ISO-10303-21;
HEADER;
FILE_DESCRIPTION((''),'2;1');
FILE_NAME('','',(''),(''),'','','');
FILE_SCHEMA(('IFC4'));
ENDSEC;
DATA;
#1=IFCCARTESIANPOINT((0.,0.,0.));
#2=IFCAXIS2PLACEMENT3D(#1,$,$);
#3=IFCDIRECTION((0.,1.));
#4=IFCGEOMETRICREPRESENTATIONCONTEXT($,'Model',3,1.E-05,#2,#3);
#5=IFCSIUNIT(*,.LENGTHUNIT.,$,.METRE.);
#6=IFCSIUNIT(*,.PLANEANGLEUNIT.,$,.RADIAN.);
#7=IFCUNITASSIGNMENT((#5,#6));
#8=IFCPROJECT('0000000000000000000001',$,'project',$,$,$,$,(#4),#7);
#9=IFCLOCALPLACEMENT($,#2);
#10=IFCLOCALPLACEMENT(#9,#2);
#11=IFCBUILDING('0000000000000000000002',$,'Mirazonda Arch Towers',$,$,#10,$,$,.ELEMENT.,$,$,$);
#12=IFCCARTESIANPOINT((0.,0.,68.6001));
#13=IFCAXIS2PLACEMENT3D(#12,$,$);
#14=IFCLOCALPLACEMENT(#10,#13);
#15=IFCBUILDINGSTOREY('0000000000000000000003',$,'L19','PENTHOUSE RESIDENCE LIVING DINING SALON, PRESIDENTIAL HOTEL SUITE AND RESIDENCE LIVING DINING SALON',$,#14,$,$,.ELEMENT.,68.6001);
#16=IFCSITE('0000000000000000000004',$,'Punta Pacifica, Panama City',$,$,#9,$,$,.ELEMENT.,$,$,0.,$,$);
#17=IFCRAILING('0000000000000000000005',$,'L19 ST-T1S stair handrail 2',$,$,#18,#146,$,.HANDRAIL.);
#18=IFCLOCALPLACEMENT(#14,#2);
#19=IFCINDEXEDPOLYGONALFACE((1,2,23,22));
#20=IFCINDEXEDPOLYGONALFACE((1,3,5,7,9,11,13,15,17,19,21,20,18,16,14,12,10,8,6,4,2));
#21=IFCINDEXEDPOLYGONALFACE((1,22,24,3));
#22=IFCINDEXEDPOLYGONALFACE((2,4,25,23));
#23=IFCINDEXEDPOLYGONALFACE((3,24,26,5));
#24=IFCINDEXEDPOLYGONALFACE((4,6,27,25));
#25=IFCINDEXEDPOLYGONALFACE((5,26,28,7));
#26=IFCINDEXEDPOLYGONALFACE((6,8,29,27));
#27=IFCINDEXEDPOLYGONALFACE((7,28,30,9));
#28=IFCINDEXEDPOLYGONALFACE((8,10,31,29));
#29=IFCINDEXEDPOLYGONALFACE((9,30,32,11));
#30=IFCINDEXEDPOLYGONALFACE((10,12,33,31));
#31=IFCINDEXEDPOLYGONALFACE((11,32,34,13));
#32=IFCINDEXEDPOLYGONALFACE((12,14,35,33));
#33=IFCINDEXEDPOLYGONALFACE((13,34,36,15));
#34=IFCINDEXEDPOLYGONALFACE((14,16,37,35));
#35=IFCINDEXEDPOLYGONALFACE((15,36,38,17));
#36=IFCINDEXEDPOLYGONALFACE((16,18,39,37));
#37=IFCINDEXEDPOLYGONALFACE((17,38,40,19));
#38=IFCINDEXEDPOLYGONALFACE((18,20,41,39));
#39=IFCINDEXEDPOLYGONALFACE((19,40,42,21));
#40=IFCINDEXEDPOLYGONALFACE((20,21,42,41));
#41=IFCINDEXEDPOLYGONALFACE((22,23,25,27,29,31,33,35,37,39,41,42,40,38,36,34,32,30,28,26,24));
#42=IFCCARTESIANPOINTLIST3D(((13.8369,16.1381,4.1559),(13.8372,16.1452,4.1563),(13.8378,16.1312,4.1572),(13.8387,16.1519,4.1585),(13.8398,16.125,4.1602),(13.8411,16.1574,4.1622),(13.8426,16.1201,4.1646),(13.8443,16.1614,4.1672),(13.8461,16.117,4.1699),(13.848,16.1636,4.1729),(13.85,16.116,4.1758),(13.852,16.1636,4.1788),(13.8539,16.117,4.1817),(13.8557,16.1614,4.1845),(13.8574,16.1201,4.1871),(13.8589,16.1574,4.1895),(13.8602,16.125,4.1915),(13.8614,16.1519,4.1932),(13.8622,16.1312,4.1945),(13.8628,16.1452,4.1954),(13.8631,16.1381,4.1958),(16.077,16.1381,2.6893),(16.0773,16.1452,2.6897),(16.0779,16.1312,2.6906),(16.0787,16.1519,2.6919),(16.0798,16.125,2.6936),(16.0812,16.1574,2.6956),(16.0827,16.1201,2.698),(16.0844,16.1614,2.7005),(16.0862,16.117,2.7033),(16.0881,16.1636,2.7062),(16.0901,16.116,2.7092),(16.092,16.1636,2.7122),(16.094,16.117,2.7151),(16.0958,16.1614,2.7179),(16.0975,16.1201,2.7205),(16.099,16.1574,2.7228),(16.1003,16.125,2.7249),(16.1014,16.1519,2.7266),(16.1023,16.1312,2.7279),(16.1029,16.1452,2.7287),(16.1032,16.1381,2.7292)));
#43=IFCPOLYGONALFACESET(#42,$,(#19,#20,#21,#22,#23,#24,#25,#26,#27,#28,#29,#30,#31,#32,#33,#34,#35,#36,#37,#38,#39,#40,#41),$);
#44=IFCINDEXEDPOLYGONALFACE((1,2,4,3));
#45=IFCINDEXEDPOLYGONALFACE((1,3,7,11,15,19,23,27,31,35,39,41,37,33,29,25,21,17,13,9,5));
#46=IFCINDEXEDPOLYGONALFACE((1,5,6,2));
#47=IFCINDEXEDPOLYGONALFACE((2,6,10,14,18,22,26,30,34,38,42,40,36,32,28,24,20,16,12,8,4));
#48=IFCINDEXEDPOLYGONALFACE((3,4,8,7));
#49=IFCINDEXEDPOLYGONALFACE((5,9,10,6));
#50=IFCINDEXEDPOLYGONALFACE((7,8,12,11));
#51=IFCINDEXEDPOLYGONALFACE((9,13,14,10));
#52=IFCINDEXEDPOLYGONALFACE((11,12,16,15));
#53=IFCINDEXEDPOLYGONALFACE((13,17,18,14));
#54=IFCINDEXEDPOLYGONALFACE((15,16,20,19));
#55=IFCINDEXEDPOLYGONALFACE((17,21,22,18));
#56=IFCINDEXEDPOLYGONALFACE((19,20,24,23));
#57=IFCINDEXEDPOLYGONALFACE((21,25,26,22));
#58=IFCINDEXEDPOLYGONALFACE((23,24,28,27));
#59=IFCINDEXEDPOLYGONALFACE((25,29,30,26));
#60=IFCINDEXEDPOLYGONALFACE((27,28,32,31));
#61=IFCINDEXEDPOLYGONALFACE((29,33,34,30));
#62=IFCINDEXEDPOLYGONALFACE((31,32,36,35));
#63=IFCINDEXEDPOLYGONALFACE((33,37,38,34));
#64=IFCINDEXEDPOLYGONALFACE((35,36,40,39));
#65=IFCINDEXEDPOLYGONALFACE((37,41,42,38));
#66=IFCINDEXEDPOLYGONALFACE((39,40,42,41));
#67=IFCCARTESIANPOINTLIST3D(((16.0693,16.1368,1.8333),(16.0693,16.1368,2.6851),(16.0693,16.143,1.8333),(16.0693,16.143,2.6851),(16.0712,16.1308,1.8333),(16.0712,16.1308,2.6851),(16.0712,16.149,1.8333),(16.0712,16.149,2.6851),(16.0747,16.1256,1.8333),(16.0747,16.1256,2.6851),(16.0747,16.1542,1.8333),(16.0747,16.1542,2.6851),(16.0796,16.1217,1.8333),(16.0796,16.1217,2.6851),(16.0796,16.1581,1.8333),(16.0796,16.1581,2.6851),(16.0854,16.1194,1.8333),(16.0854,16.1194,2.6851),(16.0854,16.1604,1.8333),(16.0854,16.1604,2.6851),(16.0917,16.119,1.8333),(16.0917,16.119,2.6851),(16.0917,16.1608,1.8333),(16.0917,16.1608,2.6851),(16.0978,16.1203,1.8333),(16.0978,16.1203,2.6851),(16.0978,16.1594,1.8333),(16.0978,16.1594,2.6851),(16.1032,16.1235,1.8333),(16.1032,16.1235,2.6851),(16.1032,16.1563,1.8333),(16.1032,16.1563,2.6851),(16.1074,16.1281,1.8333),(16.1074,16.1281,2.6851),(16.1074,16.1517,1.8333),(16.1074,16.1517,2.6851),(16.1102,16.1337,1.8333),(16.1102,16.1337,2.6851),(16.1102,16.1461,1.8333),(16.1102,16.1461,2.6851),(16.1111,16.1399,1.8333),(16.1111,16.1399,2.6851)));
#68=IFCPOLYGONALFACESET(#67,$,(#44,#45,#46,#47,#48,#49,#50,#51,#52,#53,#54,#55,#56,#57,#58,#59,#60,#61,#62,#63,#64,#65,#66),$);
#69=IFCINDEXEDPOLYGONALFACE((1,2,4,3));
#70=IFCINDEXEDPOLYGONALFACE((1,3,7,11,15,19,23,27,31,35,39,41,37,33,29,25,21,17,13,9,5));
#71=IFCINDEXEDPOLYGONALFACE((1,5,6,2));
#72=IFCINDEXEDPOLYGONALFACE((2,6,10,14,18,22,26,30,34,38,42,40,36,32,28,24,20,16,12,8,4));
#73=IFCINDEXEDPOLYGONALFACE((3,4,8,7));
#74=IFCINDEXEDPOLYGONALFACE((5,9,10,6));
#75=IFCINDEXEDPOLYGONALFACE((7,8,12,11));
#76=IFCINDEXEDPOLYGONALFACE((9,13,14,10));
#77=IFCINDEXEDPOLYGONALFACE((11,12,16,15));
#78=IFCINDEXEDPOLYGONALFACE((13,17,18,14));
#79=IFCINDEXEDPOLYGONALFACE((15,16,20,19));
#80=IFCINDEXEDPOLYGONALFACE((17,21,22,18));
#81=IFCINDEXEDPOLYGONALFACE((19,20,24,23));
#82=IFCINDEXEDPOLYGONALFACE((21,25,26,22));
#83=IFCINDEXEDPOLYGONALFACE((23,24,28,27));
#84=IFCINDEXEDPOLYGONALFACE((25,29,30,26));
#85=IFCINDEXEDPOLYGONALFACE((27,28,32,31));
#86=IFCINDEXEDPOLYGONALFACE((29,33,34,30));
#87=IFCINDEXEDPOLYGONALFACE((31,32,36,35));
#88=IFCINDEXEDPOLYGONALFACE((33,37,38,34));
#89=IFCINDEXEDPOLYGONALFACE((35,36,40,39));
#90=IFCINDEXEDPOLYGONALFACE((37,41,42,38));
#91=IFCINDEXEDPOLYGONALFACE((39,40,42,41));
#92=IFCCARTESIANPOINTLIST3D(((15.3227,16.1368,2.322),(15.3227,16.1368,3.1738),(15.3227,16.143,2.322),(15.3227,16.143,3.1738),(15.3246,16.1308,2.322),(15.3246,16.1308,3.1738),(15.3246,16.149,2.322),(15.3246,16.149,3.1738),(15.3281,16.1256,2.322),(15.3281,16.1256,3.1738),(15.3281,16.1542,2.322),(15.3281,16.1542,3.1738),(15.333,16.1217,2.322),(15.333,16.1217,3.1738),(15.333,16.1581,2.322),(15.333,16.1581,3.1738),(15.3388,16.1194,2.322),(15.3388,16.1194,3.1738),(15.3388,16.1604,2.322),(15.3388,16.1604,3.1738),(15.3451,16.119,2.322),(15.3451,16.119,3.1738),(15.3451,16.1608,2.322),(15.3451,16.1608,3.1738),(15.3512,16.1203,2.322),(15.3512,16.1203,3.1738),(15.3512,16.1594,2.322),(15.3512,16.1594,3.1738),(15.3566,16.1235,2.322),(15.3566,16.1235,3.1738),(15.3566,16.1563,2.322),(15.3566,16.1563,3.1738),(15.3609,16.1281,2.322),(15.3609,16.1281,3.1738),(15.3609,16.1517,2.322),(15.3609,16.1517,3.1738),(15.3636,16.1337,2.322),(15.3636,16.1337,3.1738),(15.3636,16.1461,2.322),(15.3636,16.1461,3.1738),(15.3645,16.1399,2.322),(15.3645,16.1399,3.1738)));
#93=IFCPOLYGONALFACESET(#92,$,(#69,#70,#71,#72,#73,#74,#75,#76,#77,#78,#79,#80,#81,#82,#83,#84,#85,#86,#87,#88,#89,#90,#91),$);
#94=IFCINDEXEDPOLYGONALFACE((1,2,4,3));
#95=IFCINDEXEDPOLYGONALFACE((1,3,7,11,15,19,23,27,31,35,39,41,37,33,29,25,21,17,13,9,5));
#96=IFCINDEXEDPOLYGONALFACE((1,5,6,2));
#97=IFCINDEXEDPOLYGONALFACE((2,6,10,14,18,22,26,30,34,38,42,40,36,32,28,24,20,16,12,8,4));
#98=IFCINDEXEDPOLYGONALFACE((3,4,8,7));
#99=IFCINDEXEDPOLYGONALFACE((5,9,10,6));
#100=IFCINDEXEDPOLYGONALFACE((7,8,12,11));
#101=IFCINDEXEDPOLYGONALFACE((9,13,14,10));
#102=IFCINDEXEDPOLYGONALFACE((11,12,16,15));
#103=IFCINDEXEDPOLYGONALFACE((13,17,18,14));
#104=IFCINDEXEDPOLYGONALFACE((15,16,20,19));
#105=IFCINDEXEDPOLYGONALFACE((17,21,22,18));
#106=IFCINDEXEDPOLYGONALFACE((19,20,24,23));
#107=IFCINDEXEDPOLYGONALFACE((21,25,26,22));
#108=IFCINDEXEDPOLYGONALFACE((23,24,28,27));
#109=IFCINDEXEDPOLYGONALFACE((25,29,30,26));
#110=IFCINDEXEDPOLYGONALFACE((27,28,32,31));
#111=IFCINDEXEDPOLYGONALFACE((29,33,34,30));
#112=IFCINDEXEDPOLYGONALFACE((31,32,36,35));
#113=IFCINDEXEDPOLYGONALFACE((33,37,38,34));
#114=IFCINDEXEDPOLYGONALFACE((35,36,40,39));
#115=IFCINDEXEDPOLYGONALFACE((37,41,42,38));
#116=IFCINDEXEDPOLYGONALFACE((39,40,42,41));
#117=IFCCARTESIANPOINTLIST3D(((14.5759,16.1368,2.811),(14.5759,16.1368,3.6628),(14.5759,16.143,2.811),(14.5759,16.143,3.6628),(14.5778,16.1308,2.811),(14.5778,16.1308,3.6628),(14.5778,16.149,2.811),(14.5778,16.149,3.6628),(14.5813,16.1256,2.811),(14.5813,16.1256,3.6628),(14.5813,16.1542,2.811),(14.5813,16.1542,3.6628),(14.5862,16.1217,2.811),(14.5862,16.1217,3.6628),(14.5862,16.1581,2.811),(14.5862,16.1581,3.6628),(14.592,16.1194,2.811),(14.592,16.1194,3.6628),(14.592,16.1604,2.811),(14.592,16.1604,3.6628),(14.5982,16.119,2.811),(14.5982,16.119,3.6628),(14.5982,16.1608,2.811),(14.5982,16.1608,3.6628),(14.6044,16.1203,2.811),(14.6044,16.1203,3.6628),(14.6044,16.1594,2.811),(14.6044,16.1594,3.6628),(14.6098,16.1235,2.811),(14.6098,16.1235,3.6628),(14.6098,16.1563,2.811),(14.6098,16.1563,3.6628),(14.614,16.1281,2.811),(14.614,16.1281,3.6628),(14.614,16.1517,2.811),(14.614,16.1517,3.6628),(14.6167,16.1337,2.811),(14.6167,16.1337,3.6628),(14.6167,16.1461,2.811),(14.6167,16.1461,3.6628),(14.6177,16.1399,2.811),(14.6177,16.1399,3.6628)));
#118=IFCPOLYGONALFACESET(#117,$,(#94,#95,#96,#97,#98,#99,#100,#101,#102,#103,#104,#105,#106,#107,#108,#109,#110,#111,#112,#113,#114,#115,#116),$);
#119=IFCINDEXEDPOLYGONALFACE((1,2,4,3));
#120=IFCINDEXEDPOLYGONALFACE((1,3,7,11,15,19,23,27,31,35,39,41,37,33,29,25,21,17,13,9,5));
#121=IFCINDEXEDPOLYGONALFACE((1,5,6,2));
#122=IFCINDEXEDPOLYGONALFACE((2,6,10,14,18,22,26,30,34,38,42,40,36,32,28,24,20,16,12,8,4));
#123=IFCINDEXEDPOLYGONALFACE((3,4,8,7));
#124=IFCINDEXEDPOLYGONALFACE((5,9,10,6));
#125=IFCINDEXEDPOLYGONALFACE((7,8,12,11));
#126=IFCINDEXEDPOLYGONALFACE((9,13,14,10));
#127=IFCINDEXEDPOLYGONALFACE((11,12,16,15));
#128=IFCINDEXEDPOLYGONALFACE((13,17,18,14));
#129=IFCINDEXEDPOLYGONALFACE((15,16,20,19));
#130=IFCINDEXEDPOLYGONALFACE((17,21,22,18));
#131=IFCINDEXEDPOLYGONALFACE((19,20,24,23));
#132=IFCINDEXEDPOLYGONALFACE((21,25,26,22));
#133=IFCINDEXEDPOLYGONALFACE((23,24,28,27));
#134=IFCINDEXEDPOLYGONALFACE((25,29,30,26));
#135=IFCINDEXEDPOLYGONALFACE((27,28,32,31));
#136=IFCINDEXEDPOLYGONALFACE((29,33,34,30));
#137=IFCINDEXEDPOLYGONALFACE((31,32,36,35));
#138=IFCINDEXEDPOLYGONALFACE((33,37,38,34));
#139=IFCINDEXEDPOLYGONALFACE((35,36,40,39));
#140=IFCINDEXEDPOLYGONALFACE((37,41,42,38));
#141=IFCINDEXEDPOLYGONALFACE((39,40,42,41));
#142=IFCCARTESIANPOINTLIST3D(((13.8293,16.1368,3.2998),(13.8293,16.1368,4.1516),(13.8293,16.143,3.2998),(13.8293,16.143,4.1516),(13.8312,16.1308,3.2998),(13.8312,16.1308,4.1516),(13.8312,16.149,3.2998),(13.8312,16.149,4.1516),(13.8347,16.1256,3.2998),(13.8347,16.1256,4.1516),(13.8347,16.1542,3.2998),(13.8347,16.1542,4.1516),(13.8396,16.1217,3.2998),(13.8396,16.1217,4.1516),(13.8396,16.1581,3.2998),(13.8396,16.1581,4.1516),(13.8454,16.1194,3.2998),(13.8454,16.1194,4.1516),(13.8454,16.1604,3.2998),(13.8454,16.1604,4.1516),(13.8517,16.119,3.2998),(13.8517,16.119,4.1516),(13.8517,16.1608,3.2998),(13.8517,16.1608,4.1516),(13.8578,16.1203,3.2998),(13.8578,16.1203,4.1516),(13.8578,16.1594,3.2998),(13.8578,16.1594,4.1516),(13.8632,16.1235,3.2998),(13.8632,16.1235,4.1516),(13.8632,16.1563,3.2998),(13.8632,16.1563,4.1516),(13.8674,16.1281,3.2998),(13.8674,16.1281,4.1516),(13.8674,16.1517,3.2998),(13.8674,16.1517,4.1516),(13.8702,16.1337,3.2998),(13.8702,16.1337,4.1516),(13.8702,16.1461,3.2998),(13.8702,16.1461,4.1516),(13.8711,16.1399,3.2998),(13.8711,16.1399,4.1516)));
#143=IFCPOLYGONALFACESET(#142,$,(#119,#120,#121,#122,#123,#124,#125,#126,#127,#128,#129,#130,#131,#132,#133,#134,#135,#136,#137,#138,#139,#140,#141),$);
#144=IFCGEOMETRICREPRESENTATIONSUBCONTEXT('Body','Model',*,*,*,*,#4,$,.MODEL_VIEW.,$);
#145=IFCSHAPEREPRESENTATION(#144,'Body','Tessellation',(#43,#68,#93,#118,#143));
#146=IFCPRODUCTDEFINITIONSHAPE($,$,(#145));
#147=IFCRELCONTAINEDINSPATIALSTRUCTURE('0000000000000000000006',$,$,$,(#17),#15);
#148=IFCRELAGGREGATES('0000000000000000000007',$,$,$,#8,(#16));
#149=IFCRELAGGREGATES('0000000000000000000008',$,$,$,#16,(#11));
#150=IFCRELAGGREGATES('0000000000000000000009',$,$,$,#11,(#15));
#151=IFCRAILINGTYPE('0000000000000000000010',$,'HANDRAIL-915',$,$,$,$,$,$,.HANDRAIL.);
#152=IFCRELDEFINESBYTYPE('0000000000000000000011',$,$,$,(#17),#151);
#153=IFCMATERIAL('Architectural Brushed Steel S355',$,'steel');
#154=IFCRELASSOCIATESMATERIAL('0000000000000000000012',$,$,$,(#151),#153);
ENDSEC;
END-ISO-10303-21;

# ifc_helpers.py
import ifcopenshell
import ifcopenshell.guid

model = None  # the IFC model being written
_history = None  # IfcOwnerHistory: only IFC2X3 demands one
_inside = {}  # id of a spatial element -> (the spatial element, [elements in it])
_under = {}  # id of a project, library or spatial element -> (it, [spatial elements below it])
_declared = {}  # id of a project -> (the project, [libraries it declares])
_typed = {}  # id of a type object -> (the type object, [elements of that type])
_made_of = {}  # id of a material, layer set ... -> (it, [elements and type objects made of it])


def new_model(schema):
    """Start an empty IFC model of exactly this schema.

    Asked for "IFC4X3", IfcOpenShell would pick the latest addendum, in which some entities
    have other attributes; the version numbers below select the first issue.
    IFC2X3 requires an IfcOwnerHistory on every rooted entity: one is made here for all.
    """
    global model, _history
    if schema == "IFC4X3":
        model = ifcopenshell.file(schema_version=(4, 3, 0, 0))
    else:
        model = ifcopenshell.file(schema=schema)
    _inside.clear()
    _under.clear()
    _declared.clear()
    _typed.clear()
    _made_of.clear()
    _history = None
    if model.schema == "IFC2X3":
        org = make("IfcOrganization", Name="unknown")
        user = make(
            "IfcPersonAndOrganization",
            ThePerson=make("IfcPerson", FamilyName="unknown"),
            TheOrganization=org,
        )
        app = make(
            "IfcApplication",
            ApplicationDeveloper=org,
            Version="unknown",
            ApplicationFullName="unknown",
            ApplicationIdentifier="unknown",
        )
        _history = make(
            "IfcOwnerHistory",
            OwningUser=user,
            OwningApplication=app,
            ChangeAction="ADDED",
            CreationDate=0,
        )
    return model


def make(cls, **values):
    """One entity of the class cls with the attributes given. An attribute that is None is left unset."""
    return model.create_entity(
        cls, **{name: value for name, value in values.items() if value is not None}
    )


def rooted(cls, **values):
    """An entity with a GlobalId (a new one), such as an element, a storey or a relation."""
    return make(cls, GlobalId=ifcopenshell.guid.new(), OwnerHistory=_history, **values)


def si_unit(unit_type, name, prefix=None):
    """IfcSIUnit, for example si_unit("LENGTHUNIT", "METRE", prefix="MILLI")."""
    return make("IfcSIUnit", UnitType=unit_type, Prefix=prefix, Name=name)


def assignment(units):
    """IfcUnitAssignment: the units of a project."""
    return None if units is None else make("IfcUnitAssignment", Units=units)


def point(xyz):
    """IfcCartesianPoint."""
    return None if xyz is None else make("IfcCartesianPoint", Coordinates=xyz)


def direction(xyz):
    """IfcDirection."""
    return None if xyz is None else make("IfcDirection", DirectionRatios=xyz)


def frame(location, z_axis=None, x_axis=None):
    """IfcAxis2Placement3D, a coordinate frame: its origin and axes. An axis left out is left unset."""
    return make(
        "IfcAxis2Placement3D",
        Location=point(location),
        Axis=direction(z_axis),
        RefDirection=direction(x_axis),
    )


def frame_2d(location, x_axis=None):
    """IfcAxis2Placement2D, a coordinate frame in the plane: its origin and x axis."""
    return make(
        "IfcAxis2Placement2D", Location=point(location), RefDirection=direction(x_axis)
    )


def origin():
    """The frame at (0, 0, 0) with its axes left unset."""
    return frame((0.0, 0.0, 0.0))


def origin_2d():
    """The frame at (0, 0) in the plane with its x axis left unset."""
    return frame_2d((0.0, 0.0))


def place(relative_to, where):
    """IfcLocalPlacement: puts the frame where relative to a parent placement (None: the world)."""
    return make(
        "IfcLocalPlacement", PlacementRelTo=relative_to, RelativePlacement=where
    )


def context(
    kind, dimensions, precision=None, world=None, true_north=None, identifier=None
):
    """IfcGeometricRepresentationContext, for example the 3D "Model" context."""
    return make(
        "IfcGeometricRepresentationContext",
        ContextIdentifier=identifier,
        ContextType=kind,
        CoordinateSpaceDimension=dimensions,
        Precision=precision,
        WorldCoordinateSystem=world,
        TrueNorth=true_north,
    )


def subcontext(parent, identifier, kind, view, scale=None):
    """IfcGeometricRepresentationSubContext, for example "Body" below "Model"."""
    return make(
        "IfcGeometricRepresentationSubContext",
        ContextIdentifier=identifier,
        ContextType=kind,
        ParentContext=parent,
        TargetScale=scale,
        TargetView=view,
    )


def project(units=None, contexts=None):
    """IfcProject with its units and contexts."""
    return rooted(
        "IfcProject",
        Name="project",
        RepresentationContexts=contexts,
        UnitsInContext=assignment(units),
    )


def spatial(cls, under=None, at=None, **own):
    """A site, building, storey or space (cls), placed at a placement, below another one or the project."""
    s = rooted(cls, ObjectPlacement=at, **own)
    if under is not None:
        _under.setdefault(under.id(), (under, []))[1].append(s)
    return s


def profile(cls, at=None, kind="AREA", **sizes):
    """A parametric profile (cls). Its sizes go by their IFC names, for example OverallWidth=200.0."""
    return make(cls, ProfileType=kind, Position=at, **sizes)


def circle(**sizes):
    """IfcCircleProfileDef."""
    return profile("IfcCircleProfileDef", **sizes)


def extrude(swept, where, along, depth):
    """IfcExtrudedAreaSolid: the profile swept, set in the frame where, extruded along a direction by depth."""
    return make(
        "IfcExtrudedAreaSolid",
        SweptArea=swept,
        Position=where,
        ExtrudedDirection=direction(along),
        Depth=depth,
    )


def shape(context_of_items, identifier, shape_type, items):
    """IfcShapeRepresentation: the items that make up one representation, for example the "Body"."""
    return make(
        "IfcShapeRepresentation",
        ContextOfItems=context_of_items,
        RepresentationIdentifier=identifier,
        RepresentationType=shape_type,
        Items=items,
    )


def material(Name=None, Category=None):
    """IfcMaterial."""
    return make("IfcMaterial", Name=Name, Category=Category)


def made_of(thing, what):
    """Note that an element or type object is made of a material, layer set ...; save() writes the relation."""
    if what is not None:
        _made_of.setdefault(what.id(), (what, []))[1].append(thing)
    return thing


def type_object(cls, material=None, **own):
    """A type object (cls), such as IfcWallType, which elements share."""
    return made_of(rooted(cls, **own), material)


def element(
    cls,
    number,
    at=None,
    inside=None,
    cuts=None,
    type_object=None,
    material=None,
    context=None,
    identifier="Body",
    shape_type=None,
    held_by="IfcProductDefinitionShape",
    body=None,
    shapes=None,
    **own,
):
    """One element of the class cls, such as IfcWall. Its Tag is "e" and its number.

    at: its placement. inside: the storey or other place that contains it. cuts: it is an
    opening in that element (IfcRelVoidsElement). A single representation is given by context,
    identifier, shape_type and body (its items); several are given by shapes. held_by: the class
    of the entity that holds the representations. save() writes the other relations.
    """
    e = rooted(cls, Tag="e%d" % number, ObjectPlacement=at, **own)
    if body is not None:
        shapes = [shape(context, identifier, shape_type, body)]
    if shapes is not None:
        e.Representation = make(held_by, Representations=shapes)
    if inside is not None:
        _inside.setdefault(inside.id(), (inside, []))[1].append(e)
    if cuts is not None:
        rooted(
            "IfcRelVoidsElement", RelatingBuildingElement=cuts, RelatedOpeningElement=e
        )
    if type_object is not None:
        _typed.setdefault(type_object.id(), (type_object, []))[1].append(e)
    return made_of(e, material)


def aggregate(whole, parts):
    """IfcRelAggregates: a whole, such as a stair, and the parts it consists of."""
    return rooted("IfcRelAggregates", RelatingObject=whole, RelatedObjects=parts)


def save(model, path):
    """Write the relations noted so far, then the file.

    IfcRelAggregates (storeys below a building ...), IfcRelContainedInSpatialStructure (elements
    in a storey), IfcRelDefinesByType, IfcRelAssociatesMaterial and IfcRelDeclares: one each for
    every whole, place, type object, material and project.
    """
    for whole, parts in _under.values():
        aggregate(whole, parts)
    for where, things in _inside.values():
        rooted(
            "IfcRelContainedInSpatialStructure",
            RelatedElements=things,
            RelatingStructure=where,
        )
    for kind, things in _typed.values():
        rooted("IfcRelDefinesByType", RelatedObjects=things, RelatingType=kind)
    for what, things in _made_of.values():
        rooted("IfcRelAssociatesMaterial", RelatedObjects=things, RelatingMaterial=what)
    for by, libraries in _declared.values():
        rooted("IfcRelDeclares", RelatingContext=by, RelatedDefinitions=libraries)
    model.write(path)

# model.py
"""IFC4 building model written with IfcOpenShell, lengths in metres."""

from ifc_helpers import new_model, si_unit, direction, frame, origin, origin_2d, place, context, subcontext, project, spatial, circle, extrude, material, type_object, element, save


model = new_model("IFC4")

# Units and contexts
model_context = context("Model", 3, precision=1e-05, world=origin(), true_north=direction((0.0, 1.0)))
body_context = subcontext(model_context, "Body", "Model", "MODEL_VIEW")
ifc_project = project(units=[si_unit("LENGTHUNIT", "METRE"), si_unit("PLANEANGLEUNIT", "RADIAN")], contexts=[model_context])

# Site, building, storey
site_placement = place(None, origin())
site = spatial("IfcSite", under=ifc_project, at=site_placement, Name="Punta Pacifica, Panama City", CompositionType="ELEMENT", RefElevation=0.0)
building_placement = place(site_placement, origin())
building = spatial("IfcBuilding", under=site, at=building_placement, Name="Mirazonda Arch Towers", CompositionType="ELEMENT")
storey_placement = place(building_placement, frame((0.0, 0.0, 68.6001)))
storey = spatial("IfcBuildingStorey", under=building, at=storey_placement, Name="L19", Description="PENTHOUSE RESIDENCE LIVING DINING SALON, PRESIDENTIAL HOTEL SUITE AND RESIDENCE LIVING DINING SALON", CompositionType="ELEMENT", Elevation=68.6001)

# Railing
ifc_material_1 = material(Name="Architectural Brushed Steel S355", Category="steel")
railing_type_1 = type_object("IfcRailingType", Name="HANDRAIL-915", PredefinedType="HANDRAIL", material=ifc_material_1)
railing_1_placement = place(storey_placement, frame((16.0901, 16.1399, 1.8333)))
element("IfcRailing", 1, at=railing_1_placement, inside=storey, type_object=railing_type_1, Name="L19 ST-T1S stair handrail 2", PredefinedType="HANDRAIL", context=body_context, shape_type="SweptSolid", body=[
    extrude(circle(Radius=0.0239, at=origin_2d()), frame((0.0, 0.0, 0.876), z_axis=(-0.836637, 0.0, 0.547758), x_axis=(0.0, -1.0, 0.0)), (0.0, 0.0, 1.0), 2.6775),
    extrude(circle(Radius=0.021, at=origin_2d()), origin(), (0.0, 0.0, 1.0), 0.8518),
    extrude(circle(Radius=0.021, at=origin_2d()), frame((-0.7466, 0.0, 0.4888)), (0.0, 0.0, 1.0), 0.8518),
    extrude(circle(Radius=0.021, at=origin_2d()), frame((-1.4934, 0.0, 0.9778)), (0.0, 0.0, 1.0), 0.8518),
    extrude(circle(Radius=0.021, at=origin_2d()), frame((-2.24, 0.0, 1.4666)), (0.0, 0.0, 1.0), 0.8518),
])

save(model, "model.ifc")
